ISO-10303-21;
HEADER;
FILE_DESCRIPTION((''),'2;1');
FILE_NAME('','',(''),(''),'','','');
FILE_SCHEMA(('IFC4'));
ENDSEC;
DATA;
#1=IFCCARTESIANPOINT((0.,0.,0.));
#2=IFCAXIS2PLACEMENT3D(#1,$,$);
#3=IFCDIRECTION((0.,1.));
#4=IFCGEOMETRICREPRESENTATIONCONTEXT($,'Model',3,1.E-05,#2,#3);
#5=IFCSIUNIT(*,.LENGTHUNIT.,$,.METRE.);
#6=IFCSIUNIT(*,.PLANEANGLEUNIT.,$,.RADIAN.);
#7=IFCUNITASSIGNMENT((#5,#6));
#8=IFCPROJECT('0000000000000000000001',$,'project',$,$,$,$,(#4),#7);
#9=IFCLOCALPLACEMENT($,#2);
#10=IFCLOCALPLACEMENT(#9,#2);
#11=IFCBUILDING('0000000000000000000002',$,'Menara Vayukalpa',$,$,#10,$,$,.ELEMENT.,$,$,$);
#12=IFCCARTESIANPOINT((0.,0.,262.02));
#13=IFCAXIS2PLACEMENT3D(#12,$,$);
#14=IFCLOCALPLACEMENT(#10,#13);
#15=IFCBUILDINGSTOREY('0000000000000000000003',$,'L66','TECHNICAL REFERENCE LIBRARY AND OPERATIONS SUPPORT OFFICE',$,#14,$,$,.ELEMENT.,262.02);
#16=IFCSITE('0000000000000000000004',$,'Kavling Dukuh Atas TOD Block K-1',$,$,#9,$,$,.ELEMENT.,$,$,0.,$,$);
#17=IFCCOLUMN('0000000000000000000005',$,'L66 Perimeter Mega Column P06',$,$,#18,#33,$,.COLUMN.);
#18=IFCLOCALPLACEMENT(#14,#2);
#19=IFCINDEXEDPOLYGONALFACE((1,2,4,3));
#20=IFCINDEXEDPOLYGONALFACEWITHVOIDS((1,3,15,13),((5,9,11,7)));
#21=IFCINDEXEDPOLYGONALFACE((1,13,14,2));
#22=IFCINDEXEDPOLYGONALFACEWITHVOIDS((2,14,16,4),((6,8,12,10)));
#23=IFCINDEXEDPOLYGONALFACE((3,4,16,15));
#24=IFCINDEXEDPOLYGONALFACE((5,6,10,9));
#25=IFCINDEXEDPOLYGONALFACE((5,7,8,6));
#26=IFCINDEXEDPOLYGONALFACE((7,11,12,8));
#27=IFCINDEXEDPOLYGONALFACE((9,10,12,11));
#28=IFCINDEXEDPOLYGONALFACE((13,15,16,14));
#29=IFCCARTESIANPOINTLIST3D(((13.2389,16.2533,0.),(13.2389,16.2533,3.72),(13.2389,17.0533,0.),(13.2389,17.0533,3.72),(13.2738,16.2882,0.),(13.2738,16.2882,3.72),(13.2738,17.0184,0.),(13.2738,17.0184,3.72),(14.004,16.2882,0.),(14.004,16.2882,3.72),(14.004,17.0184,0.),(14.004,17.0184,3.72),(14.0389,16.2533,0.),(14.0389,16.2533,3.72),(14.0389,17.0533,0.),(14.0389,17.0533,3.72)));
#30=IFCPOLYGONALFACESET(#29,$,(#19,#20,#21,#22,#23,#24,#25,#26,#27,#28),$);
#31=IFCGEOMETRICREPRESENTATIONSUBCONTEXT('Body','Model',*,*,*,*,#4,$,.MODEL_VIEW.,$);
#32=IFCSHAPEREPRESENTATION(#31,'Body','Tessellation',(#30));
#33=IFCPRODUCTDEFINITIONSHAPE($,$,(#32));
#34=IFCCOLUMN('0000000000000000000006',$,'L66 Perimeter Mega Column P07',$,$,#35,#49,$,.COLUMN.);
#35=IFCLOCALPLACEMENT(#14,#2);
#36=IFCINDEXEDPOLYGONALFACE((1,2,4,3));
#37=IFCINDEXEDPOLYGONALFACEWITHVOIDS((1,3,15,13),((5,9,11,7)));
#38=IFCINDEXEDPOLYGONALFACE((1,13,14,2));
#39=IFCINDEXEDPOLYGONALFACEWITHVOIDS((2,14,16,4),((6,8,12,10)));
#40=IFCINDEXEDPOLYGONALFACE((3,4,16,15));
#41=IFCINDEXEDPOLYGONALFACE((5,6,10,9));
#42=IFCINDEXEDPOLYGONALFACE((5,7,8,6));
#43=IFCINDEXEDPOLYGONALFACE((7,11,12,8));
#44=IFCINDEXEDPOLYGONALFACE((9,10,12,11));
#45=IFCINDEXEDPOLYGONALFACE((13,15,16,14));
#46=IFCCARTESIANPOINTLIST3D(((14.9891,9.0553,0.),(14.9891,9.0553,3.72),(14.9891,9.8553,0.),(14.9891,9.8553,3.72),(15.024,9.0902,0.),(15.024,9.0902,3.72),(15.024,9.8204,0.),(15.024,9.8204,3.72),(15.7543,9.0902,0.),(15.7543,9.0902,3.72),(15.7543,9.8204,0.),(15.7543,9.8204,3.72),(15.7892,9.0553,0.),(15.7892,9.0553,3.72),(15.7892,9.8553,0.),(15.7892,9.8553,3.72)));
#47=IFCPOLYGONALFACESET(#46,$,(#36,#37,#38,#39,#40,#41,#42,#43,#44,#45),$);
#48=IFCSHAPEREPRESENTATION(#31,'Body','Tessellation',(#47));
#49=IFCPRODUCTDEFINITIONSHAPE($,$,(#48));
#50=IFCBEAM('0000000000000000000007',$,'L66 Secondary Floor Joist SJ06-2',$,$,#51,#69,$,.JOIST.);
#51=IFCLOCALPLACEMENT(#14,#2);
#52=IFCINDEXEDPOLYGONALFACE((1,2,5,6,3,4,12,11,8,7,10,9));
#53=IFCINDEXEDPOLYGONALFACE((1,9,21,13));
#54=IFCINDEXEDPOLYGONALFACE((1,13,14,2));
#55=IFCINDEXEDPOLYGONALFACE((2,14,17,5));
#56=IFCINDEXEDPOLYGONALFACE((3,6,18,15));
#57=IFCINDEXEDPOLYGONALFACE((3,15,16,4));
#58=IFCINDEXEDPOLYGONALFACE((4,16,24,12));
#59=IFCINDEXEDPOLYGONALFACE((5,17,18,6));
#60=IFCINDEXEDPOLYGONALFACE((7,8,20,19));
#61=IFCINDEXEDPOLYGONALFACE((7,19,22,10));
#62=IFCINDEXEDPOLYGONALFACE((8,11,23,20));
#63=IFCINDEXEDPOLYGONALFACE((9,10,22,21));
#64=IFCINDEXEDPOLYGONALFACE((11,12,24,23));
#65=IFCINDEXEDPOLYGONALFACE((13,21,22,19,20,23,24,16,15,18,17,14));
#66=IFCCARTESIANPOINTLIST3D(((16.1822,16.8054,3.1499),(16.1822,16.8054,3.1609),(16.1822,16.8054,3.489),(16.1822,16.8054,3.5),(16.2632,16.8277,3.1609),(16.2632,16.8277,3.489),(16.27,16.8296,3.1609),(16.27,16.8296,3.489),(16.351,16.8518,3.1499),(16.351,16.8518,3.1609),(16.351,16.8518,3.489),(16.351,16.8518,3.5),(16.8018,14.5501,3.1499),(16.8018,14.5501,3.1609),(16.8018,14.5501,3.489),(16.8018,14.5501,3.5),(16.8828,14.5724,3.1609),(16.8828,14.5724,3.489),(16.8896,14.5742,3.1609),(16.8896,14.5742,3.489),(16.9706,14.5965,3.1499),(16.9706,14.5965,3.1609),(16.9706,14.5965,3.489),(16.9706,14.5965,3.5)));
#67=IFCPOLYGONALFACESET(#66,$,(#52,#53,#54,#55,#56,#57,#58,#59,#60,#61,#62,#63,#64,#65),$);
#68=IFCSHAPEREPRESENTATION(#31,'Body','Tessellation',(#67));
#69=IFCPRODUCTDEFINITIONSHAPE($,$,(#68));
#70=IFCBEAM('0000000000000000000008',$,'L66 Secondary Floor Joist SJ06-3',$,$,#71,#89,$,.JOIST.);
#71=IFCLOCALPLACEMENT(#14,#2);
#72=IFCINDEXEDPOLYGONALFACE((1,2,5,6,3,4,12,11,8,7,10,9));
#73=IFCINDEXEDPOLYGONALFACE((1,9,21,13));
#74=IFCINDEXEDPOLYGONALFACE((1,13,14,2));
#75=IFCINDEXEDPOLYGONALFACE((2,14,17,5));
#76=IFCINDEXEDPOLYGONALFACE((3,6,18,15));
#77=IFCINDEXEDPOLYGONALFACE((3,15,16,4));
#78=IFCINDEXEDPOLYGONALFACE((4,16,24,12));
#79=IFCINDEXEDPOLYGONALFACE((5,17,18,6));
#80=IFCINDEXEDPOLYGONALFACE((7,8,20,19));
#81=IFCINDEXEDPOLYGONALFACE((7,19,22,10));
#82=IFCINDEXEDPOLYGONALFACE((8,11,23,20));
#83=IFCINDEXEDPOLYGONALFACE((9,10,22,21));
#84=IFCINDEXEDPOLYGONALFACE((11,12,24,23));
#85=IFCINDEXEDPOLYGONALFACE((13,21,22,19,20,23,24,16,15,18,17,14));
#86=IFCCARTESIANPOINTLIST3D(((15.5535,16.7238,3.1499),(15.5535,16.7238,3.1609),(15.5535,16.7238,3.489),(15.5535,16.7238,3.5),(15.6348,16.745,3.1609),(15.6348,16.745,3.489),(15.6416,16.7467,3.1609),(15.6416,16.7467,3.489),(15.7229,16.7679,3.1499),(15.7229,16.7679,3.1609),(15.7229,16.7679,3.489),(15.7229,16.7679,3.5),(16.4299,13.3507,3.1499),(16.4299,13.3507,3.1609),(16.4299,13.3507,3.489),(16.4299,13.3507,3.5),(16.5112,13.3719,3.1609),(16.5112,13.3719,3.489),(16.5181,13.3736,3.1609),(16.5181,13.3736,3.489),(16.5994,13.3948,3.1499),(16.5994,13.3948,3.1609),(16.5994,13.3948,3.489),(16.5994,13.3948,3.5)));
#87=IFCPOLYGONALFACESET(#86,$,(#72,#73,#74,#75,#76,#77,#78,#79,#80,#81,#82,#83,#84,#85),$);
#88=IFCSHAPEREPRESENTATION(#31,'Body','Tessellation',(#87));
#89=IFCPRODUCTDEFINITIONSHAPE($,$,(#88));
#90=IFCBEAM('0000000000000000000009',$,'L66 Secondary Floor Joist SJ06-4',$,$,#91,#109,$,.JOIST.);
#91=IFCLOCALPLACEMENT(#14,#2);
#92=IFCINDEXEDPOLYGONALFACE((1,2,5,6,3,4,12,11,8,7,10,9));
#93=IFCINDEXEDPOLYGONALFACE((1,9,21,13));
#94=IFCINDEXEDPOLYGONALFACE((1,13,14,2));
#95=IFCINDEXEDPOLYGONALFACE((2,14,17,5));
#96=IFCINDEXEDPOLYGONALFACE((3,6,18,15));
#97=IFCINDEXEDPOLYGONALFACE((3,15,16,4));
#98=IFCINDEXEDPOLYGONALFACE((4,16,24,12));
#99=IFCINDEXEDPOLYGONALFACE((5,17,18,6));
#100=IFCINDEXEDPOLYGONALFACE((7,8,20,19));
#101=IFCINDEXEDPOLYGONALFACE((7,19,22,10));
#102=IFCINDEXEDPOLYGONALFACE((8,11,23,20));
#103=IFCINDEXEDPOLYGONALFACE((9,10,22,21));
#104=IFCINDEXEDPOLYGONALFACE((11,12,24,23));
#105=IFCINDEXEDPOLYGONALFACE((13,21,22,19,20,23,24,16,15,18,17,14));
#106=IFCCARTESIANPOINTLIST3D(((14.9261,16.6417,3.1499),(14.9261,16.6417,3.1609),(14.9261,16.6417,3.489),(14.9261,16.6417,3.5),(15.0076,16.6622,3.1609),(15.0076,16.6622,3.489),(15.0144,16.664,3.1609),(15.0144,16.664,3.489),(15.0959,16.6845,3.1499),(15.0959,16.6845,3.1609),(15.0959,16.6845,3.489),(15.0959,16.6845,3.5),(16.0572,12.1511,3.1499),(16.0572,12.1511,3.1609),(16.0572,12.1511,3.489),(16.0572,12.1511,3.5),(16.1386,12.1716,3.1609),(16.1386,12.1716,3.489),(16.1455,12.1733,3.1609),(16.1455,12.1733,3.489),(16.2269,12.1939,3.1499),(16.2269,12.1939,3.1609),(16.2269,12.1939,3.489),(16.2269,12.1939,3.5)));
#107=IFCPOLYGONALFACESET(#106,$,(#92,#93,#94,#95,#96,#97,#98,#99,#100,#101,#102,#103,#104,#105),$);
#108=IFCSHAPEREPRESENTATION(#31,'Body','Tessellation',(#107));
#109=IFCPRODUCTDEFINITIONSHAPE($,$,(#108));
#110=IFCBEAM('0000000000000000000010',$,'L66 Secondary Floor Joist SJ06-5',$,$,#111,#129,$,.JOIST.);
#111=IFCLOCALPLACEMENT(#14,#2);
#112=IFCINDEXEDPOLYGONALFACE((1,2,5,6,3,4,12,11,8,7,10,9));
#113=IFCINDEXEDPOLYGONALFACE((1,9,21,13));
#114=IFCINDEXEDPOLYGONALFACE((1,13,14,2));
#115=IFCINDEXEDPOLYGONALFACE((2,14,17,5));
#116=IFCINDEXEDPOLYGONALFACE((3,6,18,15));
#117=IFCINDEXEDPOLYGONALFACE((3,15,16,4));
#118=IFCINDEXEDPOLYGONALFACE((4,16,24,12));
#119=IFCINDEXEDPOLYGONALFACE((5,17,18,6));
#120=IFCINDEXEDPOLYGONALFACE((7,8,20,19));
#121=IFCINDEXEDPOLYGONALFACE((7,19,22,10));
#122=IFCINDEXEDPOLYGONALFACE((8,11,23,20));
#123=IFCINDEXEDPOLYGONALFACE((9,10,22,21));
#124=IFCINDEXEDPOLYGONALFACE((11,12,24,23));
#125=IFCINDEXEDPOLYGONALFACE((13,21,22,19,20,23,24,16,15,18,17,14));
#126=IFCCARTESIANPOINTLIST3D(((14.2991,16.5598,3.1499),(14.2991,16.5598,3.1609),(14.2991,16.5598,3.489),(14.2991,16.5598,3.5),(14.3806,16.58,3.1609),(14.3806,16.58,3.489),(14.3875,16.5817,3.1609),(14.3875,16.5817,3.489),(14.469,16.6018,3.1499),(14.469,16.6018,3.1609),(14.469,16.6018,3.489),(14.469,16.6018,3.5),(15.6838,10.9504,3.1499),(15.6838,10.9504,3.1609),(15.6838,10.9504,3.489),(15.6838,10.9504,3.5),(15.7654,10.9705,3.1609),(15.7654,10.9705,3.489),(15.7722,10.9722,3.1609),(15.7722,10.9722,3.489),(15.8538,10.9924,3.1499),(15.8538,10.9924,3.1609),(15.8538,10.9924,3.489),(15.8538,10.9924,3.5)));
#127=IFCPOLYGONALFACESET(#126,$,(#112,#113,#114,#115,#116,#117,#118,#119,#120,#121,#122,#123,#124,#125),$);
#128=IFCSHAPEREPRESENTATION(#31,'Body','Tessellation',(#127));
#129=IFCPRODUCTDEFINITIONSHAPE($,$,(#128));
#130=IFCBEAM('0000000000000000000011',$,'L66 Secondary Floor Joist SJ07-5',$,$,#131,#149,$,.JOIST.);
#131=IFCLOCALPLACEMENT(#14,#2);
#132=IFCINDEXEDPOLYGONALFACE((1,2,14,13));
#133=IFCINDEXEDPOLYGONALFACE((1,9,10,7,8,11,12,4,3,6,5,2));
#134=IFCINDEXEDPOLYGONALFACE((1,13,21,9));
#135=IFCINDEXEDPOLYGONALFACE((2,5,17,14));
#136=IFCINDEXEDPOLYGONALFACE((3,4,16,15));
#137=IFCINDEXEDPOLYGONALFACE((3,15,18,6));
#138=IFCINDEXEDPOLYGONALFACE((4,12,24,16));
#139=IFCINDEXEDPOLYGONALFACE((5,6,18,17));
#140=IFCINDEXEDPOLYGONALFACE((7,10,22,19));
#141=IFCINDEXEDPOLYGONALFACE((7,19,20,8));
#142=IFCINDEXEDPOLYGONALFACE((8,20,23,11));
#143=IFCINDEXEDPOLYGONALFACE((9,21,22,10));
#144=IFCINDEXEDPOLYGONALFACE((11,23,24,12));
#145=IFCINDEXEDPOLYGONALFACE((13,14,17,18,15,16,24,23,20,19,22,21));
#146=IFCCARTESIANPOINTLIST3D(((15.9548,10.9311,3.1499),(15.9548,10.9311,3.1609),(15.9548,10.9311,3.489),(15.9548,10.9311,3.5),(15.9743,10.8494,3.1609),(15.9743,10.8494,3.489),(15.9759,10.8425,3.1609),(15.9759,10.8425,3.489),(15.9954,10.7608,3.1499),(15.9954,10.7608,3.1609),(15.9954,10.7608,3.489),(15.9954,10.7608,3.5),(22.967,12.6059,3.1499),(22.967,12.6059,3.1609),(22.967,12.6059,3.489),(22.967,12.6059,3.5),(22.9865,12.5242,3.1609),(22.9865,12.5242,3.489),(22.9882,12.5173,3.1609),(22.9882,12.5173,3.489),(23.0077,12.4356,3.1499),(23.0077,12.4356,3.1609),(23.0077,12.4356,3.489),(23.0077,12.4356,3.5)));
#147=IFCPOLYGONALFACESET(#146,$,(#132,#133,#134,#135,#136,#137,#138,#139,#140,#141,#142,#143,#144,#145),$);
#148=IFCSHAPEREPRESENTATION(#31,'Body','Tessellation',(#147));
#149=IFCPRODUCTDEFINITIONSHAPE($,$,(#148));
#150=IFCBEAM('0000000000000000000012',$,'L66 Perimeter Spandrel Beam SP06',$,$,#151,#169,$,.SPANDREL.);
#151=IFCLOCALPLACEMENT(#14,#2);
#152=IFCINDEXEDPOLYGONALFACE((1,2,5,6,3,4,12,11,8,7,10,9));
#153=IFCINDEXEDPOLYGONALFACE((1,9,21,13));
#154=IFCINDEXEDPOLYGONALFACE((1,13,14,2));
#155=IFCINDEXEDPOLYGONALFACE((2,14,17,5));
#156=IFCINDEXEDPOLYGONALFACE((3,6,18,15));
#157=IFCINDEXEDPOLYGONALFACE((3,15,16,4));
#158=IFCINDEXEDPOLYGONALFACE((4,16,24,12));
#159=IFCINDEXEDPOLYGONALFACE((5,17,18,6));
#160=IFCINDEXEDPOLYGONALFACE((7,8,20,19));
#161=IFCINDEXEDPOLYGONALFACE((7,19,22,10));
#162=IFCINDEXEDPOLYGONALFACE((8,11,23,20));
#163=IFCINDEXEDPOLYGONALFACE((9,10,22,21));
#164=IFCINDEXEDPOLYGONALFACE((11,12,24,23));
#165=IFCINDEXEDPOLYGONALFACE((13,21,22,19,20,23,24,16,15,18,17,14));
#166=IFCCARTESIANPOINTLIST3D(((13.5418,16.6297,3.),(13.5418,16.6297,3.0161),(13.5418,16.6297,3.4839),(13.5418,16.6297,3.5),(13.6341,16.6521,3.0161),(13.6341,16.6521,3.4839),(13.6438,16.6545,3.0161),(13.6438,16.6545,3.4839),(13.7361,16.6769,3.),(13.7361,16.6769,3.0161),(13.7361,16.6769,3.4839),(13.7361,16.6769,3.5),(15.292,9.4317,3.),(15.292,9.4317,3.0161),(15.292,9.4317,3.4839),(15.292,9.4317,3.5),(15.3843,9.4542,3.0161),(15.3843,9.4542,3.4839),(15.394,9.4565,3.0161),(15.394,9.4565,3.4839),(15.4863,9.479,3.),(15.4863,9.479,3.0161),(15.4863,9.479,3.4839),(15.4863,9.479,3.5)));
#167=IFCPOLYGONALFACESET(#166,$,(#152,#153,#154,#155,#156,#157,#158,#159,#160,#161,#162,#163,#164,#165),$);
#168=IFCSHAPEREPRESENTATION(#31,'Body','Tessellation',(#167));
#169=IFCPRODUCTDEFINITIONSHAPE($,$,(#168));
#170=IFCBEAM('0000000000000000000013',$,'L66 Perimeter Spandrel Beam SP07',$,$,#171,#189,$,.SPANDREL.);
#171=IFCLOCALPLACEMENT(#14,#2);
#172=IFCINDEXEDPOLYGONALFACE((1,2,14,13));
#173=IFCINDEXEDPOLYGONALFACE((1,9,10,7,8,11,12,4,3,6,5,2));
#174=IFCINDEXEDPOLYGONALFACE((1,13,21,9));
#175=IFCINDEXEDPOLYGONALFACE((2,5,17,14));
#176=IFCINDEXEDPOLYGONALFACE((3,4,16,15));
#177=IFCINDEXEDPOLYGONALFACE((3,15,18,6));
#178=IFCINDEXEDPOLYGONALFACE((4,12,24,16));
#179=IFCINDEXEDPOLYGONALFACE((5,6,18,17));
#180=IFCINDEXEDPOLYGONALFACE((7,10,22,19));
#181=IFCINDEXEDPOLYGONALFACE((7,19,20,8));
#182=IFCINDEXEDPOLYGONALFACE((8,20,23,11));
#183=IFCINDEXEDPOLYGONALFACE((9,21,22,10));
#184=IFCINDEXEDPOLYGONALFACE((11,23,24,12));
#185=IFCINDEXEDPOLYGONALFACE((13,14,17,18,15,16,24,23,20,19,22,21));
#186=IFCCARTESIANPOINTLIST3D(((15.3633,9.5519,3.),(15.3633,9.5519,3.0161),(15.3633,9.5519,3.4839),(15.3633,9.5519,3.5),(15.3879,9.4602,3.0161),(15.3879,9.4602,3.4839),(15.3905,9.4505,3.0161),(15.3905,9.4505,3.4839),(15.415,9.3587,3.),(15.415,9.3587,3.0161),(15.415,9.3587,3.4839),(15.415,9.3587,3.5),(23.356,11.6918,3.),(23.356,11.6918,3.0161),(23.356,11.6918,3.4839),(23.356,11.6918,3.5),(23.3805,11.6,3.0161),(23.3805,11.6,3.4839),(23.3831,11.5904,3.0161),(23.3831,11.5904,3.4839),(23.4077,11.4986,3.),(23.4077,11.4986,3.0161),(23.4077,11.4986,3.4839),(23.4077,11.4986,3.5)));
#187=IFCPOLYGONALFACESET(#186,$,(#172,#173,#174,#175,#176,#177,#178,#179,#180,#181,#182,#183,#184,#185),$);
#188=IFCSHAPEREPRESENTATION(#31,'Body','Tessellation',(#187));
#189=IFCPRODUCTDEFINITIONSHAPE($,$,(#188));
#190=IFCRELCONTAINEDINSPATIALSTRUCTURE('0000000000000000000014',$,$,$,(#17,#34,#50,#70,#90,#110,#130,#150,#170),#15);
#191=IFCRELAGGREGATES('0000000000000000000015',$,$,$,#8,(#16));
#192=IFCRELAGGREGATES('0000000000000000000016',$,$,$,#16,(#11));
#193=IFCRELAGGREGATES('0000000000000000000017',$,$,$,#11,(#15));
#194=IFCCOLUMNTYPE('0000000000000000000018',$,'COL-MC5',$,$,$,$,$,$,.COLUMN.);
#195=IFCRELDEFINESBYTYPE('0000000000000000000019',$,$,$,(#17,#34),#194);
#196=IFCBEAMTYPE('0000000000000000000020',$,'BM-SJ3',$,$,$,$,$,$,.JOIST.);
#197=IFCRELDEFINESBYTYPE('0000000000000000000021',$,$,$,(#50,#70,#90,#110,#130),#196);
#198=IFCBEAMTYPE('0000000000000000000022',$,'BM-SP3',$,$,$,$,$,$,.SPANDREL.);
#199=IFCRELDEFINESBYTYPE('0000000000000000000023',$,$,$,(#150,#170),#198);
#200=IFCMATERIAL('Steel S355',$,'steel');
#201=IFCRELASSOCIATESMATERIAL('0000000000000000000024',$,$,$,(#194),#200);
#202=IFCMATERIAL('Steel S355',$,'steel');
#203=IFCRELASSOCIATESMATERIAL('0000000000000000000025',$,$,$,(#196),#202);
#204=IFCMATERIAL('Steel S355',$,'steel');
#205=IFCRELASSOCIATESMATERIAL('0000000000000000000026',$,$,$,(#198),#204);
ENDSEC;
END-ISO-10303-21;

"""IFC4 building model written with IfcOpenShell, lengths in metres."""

from ifc_helpers import new_model, si_unit, direction, frame, origin, origin_2d, place, context, subcontext, project, spatial, hollow_rectangle, i_section, extrude, material, material_profile, profile_set, type_object, element, save


model = new_model("IFC4")

# Units and contexts
model_context = context("Model", 3, precision=1e-05, world=origin(), true_north=direction((0.0, 1.0)))
body_context = subcontext(model_context, "Body", "Model", "MODEL_VIEW")
ifc_project = project(units=[si_unit("LENGTHUNIT", "METRE"), si_unit("PLANEANGLEUNIT", "RADIAN")], contexts=[model_context])

# Site, building, storey
site_placement = place(None, origin())
site = spatial("IfcSite", under=ifc_project, at=site_placement, Name="Kavling Dukuh Atas TOD Block K-1", CompositionType="ELEMENT", RefElevation=0.0)
building_placement = place(site_placement, origin())
building = spatial("IfcBuilding", under=site, at=building_placement, Name="Menara Vayukalpa", CompositionType="ELEMENT")
storey_placement = place(building_placement, frame((0.0, 0.0, 262.02)))
storey = spatial("IfcBuildingStorey", under=building, at=storey_placement, Name="L66", Description="TECHNICAL REFERENCE LIBRARY AND OPERATIONS SUPPORT OFFICE", CompositionType="ELEMENT", Elevation=262.02)

# Columns
ifc_material_1 = material(Name="Steel S355", Category="steel")
ifc_material_profile_1 = material_profile(ifc_material_1, hollow_rectangle(XDim=0.8, YDim=0.8, WallThickness=0.0349, at=origin_2d()), Name="BOX 800x800x35")
ifc_profile_set_1 = profile_set([ifc_material_profile_1], Name="Steel S355")
column_type = type_object("IfcColumnType", Name="COL-MC5", PredefinedType="COLUMN", material=ifc_profile_set_1)
for number, where, z_axis, x_axis, name in (
    (1, (13.6389, 16.6533, 0.0), (0.0, 0.0, 1.0), (1.0, 0.0, 0.0), "L66 Perimeter Mega Column P06"),
    (2, (15.3892, 9.4553, 0.0), (0.0, 0.0, 1.0), (1.0, 0.0, 0.0), "L66 Perimeter Mega Column P07"),
):
    element("IfcColumn", number, at=place(storey_placement, frame(where, z_axis=z_axis, x_axis=x_axis)), inside=storey, type_object=column_type, Name=name, PredefinedType="COLUMN", context=body_context, shape_type="SweptSolid", body=[
        extrude(hollow_rectangle(XDim=0.8, YDim=0.8, WallThickness=0.0349, at=origin_2d()), origin(), (0.0, 0.0, 1.0), 3.72),
    ])

# Beams
ifc_material_2 = material(Name="Steel S355", Category="steel")
ifc_material_profile_2 = material_profile(ifc_material_2, i_section(OverallWidth=0.175, OverallDepth=0.3501, WebThickness=0.0071, FlangeThickness=0.011, at=origin_2d()), Name="WF 350x175x7x11")
ifc_profile_set_2 = profile_set([ifc_material_profile_2], Name="Steel S355")
beam_type_1 = type_object("IfcBeamType", Name="BM-SJ3", PredefinedType="JOIST", material=ifc_profile_set_2)
beam_1_placement = place(storey_placement, frame((16.2666, 16.8286, 3.325), z_axis=(0.264919, -0.964271, 0.0), x_axis=(0.964271, 0.264919, 0.0)))
element("IfcBeam", 3, at=beam_1_placement, inside=storey, type_object=beam_type_1, Name="L66 Secondary Floor Joist SJ06-2", PredefinedType="JOIST", context=body_context, shape_type="SweptSolid", body=[
    extrude(i_section(OverallWidth=0.175, OverallDepth=0.3501, WebThickness=0.0071, FlangeThickness=0.011, at=origin_2d()), origin(), (0.0, 0.0, 1.0), 2.3389),
])
beam_2_placement = place(storey_placement, frame((15.6382, 16.7458, 3.325), z_axis=(0.251492, -0.967859, 0.0), x_axis=(0.967859, 0.251492, 0.0)))
element("IfcBeam", 4, at=beam_2_placement, inside=storey, type_object=beam_type_1, Name="L66 Secondary Floor Joist SJ06-3", PredefinedType="JOIST", context=body_context, shape_type="SweptSolid", body=[
    extrude(i_section(OverallWidth=0.175, OverallDepth=0.3501, WebThickness=0.0071, FlangeThickness=0.011, at=origin_2d()), origin(), (0.0, 0.0, 1.0), 3.4851),
])
beam_3_placement = place(storey_placement, frame((15.011, 16.6631, 3.325), z_axis=(0.244247, -0.969713, 0.0), x_axis=(0.969713, 0.244247, 0.0)))
element("IfcBeam", 5, at=beam_3_placement, inside=storey, type_object=beam_type_1, Name="L66 Secondary Floor Joist SJ06-4", PredefinedType="JOIST", context=body_context, shape_type="SweptSolid", body=[
    extrude(i_section(OverallWidth=0.175, OverallDepth=0.3501, WebThickness=0.0071, FlangeThickness=0.011, at=origin_2d()), origin(), (0.0, 0.0, 1.0), 4.6309),
])
beam_4_placement = place(storey_placement, frame((14.384, 16.5808, 3.325), z_axis=(0.239671, -0.970854, 0.0), x_axis=(0.970854, 0.239671, 0.0)))
element("IfcBeam", 6, at=beam_4_placement, inside=storey, type_object=beam_type_1, Name="L66 Secondary Floor Joist SJ06-5", PredefinedType="JOIST", context=body_context, shape_type="SweptSolid", body=[
    extrude(i_section(OverallWidth=0.175, OverallDepth=0.3501, WebThickness=0.0071, FlangeThickness=0.011, at=origin_2d()), origin(), (0.0, 0.0, 1.0), 5.7778),
])
beam_5_placement = place(storey_placement, frame((15.9751, 10.8459, 3.325), z_axis=(0.972642, 0.232307, 0.0), x_axis=(-0.232307, 0.972642, 0.0)))
element("IfcBeam", 7, at=beam_5_placement, inside=storey, type_object=beam_type_1, Name="L66 Secondary Floor Joist SJ07-5", PredefinedType="JOIST", context=body_context, shape_type="SweptSolid", body=[
    extrude(i_section(OverallWidth=0.175, OverallDepth=0.3501, WebThickness=0.0071, FlangeThickness=0.011, at=origin_2d()), origin(), (0.0, 0.0, 1.0), 7.2095),
])
ifc_material_3 = material(Name="Steel S355", Category="steel")
ifc_material_profile_3 = material_profile(ifc_material_3, i_section(OverallWidth=0.2, OverallDepth=0.5, WebThickness=0.01, FlangeThickness=0.0161, at=origin_2d()), Name="WF 500x200x10x16")
ifc_profile_set_3 = profile_set([ifc_material_profile_3], Name="Steel S355")
beam_type_2 = type_object("IfcBeamType", Name="BM-SP3", PredefinedType="SPANDREL", material=ifc_profile_set_3)
beam_6_placement = place(storey_placement, frame((13.6389, 16.6533, 3.25), z_axis=(0.236273, -0.971687, 0.0), x_axis=(0.971687, 0.236273, 0.0)))
element("IfcBeam", 8, at=beam_6_placement, inside=storey, type_object=beam_type_2, Name="L66 Perimeter Spandrel Beam SP06", PredefinedType="SPANDREL", context=body_context, shape_type="SweptSolid", body=[
    extrude(i_section(OverallWidth=0.2, OverallDepth=0.5, WebThickness=0.01, FlangeThickness=0.0161, at=origin_2d()), origin(), (0.0, 0.0, 1.0), 7.4077),
])
beam_7_placement = place(storey_placement, frame((15.3892, 9.4553, 3.25), z_axis=(0.965978, 0.258623, 0.0), x_axis=(-0.258623, 0.965978, 0.0)))
element("IfcBeam", 9, at=beam_7_placement, inside=storey, type_object=beam_type_2, Name="L66 Perimeter Spandrel Beam SP07", PredefinedType="SPANDREL", context=body_context, shape_type="SweptSolid", body=[
    extrude(i_section(OverallWidth=0.2, OverallDepth=0.5, WebThickness=0.01, FlangeThickness=0.0161, at=origin_2d()), origin(), (0.0, 0.0, 1.0), 8.2742),
])

save(model, "model.ifc")
